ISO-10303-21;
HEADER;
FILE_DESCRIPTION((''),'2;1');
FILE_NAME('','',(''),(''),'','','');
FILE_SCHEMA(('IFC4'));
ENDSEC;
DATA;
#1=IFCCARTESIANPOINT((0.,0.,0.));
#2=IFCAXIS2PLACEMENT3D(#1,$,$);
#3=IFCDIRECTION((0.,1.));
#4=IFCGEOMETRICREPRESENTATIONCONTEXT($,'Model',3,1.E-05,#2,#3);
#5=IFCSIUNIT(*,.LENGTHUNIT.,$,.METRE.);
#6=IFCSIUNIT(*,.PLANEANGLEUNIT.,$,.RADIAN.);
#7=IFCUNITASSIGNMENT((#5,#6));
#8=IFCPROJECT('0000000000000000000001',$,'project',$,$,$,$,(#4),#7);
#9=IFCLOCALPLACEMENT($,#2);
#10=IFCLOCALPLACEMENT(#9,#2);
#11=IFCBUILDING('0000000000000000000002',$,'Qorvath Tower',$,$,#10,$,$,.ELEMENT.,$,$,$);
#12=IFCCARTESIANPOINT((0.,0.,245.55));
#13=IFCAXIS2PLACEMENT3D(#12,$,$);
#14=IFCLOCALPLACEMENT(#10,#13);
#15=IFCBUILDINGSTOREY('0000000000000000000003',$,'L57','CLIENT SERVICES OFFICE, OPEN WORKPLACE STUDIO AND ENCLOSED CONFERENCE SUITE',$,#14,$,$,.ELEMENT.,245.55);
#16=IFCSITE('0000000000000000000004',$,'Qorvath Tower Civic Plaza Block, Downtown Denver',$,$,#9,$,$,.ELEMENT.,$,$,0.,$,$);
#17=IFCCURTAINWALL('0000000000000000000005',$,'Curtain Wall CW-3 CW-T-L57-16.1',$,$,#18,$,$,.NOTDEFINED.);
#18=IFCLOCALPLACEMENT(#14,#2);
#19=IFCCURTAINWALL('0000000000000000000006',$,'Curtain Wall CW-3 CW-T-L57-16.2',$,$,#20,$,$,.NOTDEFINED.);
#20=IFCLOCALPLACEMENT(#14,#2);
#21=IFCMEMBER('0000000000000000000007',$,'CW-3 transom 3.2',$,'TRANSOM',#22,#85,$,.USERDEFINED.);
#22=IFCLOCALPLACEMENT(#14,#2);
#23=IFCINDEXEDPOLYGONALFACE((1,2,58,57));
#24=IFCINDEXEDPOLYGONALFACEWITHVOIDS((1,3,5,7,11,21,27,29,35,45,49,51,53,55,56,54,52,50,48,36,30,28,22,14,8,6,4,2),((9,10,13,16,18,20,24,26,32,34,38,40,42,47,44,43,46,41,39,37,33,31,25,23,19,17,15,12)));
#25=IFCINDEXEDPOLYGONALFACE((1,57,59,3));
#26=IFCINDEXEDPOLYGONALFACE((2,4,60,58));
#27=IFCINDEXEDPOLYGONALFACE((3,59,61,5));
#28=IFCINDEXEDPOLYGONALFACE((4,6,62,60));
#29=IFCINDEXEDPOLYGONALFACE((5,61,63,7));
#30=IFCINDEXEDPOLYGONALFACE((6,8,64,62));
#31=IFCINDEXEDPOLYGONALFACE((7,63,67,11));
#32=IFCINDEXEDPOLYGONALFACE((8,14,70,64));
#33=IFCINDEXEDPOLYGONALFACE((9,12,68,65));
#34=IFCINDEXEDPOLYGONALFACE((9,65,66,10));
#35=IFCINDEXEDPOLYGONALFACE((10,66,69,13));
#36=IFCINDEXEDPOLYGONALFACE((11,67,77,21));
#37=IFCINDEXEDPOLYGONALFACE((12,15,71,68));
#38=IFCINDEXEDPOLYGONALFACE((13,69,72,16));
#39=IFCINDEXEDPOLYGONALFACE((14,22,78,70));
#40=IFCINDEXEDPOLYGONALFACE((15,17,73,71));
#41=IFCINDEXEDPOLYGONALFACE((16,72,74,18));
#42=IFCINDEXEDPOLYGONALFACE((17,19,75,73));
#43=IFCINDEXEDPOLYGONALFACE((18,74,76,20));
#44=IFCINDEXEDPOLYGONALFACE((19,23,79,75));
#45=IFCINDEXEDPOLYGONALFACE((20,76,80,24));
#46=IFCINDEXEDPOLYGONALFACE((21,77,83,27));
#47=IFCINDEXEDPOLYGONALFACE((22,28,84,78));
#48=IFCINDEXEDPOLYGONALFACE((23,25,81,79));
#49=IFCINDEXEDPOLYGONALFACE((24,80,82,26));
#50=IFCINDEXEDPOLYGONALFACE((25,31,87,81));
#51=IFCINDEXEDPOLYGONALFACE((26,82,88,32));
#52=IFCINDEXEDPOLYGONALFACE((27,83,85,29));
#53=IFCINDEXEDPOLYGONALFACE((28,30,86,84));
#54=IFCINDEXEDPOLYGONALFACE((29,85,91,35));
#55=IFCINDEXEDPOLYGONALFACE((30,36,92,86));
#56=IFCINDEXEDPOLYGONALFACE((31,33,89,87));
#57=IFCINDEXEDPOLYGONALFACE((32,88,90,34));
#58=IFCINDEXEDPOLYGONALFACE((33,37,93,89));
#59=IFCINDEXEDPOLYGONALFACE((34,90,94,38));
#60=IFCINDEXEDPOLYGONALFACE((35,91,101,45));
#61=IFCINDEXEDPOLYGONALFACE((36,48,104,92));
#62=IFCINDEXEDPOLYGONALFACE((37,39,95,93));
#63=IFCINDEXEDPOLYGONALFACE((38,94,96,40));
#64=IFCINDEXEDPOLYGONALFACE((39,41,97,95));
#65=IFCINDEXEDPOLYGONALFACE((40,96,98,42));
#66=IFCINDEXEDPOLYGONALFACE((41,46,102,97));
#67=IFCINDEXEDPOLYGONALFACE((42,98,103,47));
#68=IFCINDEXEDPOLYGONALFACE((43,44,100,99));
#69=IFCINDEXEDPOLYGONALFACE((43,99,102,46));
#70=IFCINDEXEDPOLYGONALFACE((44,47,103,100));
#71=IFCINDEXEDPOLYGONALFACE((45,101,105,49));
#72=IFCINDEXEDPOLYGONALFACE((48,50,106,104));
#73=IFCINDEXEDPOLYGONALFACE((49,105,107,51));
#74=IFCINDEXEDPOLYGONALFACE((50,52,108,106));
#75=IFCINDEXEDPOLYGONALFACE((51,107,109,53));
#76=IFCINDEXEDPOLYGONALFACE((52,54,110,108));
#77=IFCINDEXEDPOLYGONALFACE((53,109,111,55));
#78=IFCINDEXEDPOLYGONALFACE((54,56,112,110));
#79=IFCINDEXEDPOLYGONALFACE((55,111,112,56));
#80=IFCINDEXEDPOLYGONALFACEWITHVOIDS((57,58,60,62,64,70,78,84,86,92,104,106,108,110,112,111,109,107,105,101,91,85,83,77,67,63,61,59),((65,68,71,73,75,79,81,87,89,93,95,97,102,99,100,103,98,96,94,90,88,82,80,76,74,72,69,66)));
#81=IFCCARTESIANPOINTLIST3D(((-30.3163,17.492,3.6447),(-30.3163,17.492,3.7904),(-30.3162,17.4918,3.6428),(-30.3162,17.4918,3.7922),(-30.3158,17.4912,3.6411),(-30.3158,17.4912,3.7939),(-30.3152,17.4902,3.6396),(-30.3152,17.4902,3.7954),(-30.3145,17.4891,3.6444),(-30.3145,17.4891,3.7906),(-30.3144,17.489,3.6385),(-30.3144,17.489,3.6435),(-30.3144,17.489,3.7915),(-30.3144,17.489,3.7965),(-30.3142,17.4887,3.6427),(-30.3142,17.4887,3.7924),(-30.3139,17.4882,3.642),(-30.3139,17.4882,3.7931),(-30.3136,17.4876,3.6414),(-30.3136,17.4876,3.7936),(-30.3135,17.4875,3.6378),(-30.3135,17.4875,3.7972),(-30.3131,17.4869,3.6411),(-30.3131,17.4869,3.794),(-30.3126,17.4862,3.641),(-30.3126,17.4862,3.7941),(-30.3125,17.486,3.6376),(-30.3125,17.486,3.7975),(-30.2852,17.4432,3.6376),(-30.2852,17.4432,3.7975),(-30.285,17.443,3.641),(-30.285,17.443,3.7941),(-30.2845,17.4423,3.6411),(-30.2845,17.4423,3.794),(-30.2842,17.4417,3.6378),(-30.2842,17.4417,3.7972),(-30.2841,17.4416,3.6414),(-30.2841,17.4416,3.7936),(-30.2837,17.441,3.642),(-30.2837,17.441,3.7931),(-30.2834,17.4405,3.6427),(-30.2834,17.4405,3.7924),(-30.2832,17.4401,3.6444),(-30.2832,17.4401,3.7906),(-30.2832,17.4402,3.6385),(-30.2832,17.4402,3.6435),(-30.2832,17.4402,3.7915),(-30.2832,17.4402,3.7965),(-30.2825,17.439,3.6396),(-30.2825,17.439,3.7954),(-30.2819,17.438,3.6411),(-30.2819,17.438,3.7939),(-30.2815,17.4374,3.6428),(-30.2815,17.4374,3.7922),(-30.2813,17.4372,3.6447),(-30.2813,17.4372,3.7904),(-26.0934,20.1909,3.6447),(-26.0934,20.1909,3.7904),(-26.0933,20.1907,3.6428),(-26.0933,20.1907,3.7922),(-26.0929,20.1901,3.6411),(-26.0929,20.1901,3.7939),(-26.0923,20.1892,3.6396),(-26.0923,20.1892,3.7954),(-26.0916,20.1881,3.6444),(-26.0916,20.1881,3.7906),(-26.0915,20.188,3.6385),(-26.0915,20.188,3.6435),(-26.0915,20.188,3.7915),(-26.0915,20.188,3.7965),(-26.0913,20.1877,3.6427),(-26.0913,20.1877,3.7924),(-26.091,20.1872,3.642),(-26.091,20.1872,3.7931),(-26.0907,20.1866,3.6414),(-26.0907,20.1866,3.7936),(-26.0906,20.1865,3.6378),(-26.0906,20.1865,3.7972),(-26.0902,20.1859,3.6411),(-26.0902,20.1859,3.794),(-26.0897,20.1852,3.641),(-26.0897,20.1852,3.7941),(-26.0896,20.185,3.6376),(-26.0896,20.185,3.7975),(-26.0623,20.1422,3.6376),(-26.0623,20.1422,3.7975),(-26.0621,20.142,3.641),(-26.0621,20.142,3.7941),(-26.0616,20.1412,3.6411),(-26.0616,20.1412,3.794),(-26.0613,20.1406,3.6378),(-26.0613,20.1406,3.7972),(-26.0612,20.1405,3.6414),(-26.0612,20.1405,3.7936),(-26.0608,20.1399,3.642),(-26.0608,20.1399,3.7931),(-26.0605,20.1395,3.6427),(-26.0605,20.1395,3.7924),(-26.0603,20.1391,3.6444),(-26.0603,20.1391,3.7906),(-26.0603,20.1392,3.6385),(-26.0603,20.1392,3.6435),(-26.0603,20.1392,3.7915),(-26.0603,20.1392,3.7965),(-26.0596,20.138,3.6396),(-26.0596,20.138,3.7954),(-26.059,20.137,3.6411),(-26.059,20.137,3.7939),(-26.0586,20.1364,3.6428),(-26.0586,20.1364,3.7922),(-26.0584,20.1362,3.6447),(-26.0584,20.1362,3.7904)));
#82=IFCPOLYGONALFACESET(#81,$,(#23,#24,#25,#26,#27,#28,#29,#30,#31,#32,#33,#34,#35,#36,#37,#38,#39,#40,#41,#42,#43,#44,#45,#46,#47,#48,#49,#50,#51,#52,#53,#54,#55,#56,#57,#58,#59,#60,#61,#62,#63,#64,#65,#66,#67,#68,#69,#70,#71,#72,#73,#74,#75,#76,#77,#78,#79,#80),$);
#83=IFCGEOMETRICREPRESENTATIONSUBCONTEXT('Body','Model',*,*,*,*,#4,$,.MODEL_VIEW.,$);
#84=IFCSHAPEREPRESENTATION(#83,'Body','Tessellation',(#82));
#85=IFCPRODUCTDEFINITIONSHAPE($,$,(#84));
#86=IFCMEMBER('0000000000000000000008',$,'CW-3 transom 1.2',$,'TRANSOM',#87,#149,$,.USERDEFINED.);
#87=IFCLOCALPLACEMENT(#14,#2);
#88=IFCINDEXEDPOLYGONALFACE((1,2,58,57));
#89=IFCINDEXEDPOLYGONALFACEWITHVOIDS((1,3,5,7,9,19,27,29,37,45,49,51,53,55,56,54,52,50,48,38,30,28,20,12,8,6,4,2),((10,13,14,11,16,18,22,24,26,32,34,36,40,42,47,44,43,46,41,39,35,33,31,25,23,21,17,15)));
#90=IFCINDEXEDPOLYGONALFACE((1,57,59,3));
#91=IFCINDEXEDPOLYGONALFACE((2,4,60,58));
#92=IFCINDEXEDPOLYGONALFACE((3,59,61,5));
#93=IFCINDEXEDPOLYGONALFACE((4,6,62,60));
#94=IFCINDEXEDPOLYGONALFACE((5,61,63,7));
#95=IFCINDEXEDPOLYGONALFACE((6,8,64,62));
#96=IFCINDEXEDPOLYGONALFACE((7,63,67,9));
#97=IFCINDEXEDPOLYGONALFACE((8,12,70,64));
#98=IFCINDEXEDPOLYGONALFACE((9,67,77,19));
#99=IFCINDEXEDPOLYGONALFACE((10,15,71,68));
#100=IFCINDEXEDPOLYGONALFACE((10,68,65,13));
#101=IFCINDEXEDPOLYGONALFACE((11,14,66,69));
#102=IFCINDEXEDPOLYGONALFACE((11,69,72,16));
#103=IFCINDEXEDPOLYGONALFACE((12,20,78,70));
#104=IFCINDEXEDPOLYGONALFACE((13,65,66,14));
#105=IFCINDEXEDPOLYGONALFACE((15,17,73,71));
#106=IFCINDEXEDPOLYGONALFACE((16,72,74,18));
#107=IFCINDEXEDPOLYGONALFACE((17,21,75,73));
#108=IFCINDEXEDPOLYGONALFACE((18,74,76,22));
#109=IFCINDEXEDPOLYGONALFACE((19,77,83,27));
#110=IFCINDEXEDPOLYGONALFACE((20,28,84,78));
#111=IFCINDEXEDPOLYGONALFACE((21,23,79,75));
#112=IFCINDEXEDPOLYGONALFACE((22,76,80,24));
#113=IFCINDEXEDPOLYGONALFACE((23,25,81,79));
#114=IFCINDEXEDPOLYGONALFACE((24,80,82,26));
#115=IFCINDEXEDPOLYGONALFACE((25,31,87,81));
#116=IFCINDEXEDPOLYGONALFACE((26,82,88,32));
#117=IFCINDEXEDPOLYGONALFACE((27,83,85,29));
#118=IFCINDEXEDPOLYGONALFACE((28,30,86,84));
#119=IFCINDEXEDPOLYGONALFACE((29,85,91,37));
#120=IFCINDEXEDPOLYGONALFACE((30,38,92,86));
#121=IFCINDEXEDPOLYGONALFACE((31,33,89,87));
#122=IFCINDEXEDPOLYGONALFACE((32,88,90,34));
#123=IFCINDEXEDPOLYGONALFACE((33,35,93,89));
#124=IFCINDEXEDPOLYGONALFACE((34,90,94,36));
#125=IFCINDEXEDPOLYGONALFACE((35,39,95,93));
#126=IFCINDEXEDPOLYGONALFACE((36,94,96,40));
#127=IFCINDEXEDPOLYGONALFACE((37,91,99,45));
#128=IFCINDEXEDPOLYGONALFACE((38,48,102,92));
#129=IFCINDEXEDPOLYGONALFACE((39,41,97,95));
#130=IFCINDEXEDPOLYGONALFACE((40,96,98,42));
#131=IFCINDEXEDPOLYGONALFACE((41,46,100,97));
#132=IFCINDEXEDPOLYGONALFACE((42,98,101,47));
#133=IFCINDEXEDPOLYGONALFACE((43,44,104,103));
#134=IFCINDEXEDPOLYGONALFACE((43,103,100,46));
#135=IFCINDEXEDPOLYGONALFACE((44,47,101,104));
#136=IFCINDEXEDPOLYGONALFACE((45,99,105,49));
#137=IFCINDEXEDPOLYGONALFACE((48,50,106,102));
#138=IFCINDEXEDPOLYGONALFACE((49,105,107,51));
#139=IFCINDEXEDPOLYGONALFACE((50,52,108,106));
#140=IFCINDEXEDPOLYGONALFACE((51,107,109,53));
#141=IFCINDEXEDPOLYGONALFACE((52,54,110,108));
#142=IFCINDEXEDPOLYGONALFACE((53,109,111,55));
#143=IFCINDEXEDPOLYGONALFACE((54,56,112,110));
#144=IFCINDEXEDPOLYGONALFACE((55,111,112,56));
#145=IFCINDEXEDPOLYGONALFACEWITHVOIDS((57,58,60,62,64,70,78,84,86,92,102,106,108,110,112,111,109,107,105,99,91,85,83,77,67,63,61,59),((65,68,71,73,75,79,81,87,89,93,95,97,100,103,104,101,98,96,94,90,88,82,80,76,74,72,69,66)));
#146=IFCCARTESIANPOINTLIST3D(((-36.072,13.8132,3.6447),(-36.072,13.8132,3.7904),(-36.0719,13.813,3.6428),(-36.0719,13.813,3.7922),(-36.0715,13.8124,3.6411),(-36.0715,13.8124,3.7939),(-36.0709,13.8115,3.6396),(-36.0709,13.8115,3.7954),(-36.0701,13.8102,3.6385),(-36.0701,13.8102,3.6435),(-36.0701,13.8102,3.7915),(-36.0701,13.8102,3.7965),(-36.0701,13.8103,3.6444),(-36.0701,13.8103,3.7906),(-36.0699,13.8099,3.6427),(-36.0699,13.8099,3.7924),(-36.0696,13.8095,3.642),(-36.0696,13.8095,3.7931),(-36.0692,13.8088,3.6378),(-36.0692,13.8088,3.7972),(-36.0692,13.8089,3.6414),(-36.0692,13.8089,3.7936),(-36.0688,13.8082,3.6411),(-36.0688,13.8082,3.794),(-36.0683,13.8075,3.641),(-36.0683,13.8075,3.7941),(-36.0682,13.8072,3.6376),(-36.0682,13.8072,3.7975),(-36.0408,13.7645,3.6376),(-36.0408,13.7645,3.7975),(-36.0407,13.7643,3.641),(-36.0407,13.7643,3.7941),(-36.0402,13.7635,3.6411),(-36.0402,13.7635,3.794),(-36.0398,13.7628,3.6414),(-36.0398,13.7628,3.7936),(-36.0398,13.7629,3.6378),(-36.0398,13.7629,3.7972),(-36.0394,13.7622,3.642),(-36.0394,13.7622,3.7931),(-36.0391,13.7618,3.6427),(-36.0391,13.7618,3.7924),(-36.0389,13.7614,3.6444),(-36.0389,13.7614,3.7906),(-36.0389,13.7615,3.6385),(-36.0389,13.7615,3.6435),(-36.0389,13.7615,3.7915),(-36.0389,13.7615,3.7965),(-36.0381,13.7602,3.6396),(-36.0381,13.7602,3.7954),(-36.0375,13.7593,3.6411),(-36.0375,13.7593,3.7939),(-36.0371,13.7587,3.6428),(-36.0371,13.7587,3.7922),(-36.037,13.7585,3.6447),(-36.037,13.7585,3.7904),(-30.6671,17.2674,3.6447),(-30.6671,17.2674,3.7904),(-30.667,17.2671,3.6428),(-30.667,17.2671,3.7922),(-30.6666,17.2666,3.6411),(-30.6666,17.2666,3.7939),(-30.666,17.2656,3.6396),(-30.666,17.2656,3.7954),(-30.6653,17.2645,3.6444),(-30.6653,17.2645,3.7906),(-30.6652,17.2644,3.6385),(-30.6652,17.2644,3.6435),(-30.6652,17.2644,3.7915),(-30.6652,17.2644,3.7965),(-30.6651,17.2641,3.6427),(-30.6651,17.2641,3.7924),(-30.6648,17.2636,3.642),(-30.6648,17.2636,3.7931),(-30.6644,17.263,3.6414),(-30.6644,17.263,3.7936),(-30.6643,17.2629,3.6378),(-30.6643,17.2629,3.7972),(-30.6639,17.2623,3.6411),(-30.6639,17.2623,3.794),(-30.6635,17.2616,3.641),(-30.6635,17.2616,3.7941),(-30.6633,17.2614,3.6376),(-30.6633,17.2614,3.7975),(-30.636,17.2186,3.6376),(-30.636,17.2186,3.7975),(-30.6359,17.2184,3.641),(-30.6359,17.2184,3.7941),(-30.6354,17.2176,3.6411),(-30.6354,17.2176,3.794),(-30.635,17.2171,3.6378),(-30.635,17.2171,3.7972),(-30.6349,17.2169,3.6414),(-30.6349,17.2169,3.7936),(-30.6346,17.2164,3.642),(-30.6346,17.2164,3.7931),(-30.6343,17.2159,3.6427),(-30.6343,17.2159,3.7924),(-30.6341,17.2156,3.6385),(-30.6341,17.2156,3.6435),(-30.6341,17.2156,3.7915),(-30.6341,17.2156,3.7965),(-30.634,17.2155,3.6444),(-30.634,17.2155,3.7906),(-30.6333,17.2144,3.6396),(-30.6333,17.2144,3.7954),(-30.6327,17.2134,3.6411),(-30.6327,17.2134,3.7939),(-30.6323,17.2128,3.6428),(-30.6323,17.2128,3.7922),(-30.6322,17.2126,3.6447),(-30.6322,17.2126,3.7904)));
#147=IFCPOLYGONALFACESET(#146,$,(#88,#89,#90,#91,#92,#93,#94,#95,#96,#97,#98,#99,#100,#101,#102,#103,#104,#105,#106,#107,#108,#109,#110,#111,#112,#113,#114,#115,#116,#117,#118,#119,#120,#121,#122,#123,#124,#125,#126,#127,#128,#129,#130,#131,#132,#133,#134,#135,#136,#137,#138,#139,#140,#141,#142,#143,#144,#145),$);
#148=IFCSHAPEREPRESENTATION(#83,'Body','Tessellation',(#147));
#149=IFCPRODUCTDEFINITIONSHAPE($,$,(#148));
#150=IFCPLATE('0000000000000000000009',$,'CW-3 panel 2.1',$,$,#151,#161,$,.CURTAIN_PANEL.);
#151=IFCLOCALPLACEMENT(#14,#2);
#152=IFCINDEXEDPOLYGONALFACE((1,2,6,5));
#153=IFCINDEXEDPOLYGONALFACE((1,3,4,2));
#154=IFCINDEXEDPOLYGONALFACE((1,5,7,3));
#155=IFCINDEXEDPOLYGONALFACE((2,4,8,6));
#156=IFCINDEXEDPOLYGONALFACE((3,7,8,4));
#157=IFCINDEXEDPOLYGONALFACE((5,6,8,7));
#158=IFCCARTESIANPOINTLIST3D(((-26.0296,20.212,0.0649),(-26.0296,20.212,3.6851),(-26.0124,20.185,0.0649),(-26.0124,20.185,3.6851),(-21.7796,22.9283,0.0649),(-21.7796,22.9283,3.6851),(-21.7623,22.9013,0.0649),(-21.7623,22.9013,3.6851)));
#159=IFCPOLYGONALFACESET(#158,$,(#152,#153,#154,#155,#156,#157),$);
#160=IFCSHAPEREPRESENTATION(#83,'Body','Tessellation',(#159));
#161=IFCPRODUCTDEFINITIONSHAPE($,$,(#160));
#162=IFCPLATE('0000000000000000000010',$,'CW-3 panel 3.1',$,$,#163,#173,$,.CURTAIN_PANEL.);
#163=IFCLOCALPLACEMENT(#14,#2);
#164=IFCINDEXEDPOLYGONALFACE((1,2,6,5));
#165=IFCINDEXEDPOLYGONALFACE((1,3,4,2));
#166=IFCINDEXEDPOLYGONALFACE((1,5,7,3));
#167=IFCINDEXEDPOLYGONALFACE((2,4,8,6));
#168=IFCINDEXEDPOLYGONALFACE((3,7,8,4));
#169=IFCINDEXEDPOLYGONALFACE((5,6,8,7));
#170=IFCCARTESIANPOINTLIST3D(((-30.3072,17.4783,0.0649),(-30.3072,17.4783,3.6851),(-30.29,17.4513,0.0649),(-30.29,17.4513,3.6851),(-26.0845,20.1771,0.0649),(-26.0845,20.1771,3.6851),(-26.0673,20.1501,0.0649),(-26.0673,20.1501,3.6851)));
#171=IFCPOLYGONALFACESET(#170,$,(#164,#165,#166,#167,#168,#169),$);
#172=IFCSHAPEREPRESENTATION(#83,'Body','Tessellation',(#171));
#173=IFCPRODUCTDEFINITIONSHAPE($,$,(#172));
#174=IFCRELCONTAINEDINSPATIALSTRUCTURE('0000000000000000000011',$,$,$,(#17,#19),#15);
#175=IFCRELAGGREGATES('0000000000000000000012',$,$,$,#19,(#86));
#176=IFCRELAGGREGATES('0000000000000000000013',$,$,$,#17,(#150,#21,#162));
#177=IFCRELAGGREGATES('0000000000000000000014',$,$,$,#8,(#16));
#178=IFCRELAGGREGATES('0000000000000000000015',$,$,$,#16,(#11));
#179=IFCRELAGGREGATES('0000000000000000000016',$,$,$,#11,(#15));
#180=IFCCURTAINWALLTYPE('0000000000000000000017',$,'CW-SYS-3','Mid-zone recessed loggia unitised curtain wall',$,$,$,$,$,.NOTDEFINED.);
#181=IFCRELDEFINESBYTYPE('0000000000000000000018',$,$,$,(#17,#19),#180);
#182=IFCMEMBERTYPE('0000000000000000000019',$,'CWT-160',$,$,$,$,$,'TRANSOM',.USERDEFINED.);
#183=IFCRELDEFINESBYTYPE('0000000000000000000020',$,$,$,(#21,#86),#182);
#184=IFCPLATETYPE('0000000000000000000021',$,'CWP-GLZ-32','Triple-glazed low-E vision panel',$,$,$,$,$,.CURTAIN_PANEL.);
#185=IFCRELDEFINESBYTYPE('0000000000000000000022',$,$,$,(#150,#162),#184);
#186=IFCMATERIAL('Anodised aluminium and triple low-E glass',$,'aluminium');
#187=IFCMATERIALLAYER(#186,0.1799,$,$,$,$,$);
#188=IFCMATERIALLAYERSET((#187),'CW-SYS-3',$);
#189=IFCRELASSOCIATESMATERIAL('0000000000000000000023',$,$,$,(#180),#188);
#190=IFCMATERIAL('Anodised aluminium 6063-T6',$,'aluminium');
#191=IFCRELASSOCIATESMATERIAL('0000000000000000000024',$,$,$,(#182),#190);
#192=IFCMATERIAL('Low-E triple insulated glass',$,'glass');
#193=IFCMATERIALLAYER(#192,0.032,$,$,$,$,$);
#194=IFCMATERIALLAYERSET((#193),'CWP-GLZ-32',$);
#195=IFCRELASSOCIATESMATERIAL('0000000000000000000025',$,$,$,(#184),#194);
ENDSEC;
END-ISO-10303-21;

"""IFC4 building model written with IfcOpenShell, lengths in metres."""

from ifc_helpers import new_model, si_unit, direction, frame, origin, origin_2d, place, context, subcontext, project, spatial, rectangle, hollow_rectangle, extrude, material, layer, layer_set, material_profile, profile_set, type_object, element, aggregate, save


model = new_model("IFC4")

# Units and contexts
model_context = context("Model", 3, precision=1e-05, world=origin(), true_north=direction((0.0, 1.0)))
body_context = subcontext(model_context, "Body", "Model", "MODEL_VIEW")
ifc_project = project(units=[si_unit("LENGTHUNIT", "METRE"), si_unit("PLANEANGLEUNIT", "RADIAN")], contexts=[model_context])

# Site, building, storey
site_placement = place(None, origin())
site = spatial("IfcSite", under=ifc_project, at=site_placement, Name="Qorvath Tower Civic Plaza Block, Downtown Denver", CompositionType="ELEMENT", RefElevation=0.0)
building_placement = place(site_placement, origin())
building = spatial("IfcBuilding", under=site, at=building_placement, Name="Qorvath Tower", CompositionType="ELEMENT")
storey_placement = place(building_placement, frame((0.0, 0.0, 245.55)))
storey = spatial("IfcBuildingStorey", under=building, at=storey_placement, Name="L57", Description="CLIENT SERVICES OFFICE, OPEN WORKPLACE STUDIO AND ENCLOSED CONFERENCE SUITE", CompositionType="ELEMENT", Elevation=245.55)

# Curtain wall
ifc_material_1 = material(Name="Anodised aluminium and triple low-E glass", Category="aluminium")
ifc_layer_1 = layer(ifc_material_1, 0.1799)
ifc_layer_set_1 = layer_set([ifc_layer_1], Name="CW-SYS-3")
curtain_wall_type = type_object("IfcCurtainWallType", Name="CW-SYS-3", Description="Mid-zone recessed loggia unitised curtain wall", PredefinedType="NOTDEFINED", material=ifc_layer_set_1)
curtain_wall_1_placement = place(storey_placement, origin())
curtain_wall_1 = element("IfcCurtainWall", 1, at=curtain_wall_1_placement, inside=storey, type_object=curtain_wall_type, Name="Curtain Wall CW-3 CW-T-L57-16.1", PredefinedType="NOTDEFINED")

# Curtain wall
curtain_wall_2_placement = place(storey_placement, origin())
curtain_wall_2 = element("IfcCurtainWall", 2, at=curtain_wall_2_placement, inside=storey, type_object=curtain_wall_type, Name="Curtain Wall CW-3 CW-T-L57-16.2", PredefinedType="NOTDEFINED")

# Members
ifc_material_2 = material(Name="Anodised aluminium 6063-T6", Category="aluminium")
ifc_material_profile_1 = material_profile(ifc_material_2, hollow_rectangle(XDim=0.0649, YDim=0.1599, WallThickness=0.0034, InnerFilletRadius=0.0034, OuterFilletRadius=0.0071, at=origin_2d()), Name="CWT 160x65")
ifc_profile_set_1 = profile_set([ifc_material_profile_1], Name="Anodised aluminium 6063-T6")
member_type_1 = type_object("IfcMemberType", Name="CWT-160", ElementType="TRANSOM", PredefinedType="USERDEFINED", material=ifc_profile_set_1)
member_1_placement = place(storey_placement, frame((-26.0759, 20.1636, 3.7175), z_axis=(-0.842605, -0.538532, 0.0), x_axis=(0.538532, -0.842605, 0.0)))
member_1 = element("IfcMember", 3, at=member_1_placement, type_object=member_type_1, Name="CW-3 transom 3.2", ObjectType="TRANSOM", PredefinedType="USERDEFINED", context=body_context, shape_type="SweptSolid", body=[
    extrude(hollow_rectangle(XDim=0.0649, YDim=0.1599, WallThickness=0.0034, InnerFilletRadius=0.0034, OuterFilletRadius=0.0071, at=origin_2d()), origin(), (0.0, 0.0, 1.0), 5.0117),
])
member_2_placement = place(storey_placement, frame((-30.6497, 17.24, 3.7175), z_axis=(-0.842622, -0.538505, 0.0), x_axis=(0.538505, -0.842622, 0.0)))
member_2 = element("IfcMember", 4, at=member_2_placement, type_object=member_type_1, Name="CW-3 transom 1.2", ObjectType="TRANSOM", PredefinedType="USERDEFINED", context=body_context, shape_type="SweptSolid", body=[
    extrude(hollow_rectangle(XDim=0.0649, YDim=0.1599, WallThickness=0.0034, InnerFilletRadius=0.0034, OuterFilletRadius=0.0071, at=origin_2d()), origin(), (0.0, 0.0, 1.0), 6.4143),
])
aggregate(curtain_wall_2, [member_2])

# Plates
ifc_material_3 = material(Name="Low-E triple insulated glass", Category="glass")
ifc_layer_2 = layer(ifc_material_3, 0.032)
ifc_layer_set_2 = layer_set([ifc_layer_2], Name="CWP-GLZ-32")
plate_type = type_object("IfcPlateType", Name="CWP-GLZ-32", Description="Triple-glazed low-E vision panel", PredefinedType="CURTAIN_PANEL", material=ifc_layer_set_2)
plate_1_placement = place(storey_placement, frame((-23.896, 21.5566, 0.0649), z_axis=(0.0, 0.0, 1.0), x_axis=(-0.842608, -0.538527, 0.0)))
plate_1 = element("IfcPlate", 5, at=plate_1_placement, type_object=plate_type, Name="CW-3 panel 2.1", PredefinedType="CURTAIN_PANEL", context=body_context, shape_type="SweptSolid", body=[
    extrude(rectangle(XDim=5.0439, YDim=0.032, at=origin_2d()), origin(), (0.0, 0.0, 1.0), 3.6201),
])
plate_2_placement = place(storey_placement, frame((-28.1873, 18.8142, 0.0649), z_axis=(0.0, 0.0, 1.0), x_axis=(-0.842608, -0.538527, 0.0)))
plate_2 = element("IfcPlate", 6, at=plate_2_placement, type_object=plate_type, Name="CW-3 panel 3.1", PredefinedType="CURTAIN_PANEL", context=body_context, shape_type="SweptSolid", body=[
    extrude(rectangle(XDim=5.0115, YDim=0.032, at=origin_2d()), origin(), (0.0, 0.0, 1.0), 3.6201),
])
aggregate(curtain_wall_1, [plate_1, member_1, plate_2])

save(model, "model.ifc")
